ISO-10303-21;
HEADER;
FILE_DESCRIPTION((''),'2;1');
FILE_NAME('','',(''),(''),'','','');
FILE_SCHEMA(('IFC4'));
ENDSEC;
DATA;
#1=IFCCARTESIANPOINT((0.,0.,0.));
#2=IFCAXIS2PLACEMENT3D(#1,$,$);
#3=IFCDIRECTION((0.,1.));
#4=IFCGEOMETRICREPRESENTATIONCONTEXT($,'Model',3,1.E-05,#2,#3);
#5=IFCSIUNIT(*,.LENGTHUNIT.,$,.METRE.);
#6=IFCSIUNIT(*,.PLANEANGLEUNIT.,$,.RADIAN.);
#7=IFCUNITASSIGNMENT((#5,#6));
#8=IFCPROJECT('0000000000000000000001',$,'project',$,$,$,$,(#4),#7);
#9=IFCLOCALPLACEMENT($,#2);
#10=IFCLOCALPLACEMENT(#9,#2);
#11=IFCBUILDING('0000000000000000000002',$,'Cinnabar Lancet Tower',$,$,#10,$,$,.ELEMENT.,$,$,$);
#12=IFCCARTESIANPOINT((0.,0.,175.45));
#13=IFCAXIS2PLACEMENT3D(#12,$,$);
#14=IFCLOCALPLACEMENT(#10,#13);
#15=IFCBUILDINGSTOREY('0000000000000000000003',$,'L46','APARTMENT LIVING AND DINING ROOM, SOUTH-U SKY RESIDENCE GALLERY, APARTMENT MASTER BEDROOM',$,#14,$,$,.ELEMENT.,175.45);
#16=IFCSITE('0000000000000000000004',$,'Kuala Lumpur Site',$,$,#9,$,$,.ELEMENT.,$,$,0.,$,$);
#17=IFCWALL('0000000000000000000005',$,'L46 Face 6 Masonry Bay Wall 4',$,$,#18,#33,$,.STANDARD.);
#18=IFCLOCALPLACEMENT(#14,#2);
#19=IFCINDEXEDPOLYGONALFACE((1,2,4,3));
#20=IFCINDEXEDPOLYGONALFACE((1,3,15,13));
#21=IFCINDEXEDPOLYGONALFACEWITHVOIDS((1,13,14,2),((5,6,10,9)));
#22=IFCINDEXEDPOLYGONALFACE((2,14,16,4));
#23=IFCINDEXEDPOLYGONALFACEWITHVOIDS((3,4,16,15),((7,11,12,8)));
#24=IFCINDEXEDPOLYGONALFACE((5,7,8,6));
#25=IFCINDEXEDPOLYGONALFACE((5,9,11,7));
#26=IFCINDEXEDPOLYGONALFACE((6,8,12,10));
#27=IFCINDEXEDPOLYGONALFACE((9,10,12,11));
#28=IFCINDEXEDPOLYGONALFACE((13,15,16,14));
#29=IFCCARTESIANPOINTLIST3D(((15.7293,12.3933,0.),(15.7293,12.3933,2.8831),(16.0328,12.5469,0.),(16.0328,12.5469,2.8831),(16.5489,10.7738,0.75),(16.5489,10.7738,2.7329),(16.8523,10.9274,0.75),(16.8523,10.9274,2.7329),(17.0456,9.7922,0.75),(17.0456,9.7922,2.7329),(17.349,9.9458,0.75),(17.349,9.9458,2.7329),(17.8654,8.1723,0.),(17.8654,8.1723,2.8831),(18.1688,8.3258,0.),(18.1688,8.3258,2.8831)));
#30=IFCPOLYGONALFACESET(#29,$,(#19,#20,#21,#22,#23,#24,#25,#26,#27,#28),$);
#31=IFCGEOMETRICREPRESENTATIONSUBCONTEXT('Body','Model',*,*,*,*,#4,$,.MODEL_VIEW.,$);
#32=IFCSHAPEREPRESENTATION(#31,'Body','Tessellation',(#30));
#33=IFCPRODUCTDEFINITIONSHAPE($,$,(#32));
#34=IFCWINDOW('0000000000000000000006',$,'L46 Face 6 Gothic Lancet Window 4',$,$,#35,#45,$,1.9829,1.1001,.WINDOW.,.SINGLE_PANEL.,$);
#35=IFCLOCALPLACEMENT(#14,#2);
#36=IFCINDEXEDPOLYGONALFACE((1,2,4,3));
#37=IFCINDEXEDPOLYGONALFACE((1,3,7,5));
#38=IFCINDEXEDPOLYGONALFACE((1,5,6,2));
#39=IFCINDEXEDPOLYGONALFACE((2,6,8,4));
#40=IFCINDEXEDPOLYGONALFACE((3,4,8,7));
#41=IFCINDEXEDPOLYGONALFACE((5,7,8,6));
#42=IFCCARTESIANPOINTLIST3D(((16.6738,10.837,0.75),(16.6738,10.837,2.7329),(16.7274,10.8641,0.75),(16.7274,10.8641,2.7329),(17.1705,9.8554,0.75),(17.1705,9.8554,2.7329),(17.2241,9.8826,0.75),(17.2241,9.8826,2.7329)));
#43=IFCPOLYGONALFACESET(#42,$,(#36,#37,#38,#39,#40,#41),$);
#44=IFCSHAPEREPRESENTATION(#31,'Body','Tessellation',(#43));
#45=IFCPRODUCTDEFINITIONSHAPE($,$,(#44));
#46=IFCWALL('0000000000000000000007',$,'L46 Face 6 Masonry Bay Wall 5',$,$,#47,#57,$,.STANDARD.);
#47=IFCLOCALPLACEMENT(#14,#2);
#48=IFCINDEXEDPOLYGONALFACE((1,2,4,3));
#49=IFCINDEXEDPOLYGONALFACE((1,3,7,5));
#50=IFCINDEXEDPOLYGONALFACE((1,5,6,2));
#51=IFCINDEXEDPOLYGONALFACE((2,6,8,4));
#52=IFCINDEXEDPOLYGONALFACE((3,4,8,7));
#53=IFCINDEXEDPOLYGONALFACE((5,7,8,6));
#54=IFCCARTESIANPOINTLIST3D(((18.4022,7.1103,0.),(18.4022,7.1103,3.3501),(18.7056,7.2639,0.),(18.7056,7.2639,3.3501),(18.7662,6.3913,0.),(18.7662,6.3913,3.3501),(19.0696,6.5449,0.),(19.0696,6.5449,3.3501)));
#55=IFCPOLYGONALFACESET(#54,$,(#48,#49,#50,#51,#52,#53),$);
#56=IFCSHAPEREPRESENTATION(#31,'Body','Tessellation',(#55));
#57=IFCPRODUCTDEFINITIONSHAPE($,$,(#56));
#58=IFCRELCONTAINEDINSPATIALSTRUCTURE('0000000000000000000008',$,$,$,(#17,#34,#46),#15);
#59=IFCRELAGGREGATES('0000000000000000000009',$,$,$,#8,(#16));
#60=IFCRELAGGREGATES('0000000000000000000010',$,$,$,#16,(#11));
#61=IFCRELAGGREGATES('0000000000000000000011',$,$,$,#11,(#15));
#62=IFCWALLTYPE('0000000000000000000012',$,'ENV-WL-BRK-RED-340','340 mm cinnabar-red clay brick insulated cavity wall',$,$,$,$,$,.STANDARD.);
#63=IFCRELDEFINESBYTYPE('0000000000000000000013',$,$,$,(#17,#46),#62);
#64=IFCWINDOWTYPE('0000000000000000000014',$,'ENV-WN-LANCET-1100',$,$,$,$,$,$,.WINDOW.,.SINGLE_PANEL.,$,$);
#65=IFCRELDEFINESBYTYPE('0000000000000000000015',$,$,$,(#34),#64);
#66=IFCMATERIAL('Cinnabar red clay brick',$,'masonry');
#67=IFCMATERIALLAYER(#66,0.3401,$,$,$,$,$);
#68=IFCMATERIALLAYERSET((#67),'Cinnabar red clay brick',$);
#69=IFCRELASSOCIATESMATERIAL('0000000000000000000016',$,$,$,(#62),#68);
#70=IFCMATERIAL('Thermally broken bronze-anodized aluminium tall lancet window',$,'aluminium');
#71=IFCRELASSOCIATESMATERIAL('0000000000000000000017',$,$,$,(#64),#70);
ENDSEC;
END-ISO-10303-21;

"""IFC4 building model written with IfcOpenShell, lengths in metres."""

from ifc_helpers import new_model, si_unit, direction, frame, frame_2d, origin, place, context, subcontext, project, spatial, rectangle, extrude, material, layer, layer_set, type_object, element, fill, save


model = new_model("IFC4")

# Units and contexts
model_context = context("Model", 3, precision=1e-05, world=origin(), true_north=direction((0.0, 1.0)))
body_context = subcontext(model_context, "Body", "Model", "MODEL_VIEW")
ifc_project = project(units=[si_unit("LENGTHUNIT", "METRE"), si_unit("PLANEANGLEUNIT", "RADIAN")], contexts=[model_context])

# Site, building, storey
site_placement = place(None, origin())
site = spatial("IfcSite", under=ifc_project, at=site_placement, Name="Kuala Lumpur Site", CompositionType="ELEMENT", RefElevation=0.0)
building_placement = place(site_placement, origin())
building = spatial("IfcBuilding", under=site, at=building_placement, Name="Cinnabar Lancet Tower", CompositionType="ELEMENT")
storey_placement = place(building_placement, frame((0.0, 0.0, 175.45)))
storey = spatial("IfcBuildingStorey", under=building, at=storey_placement, Name="L46", Description="APARTMENT LIVING AND DINING ROOM, SOUTH-U SKY RESIDENCE GALLERY, APARTMENT MASTER BEDROOM", CompositionType="ELEMENT", Elevation=175.45)

# Shared definitions
ifc_material_1 = material(Name="Cinnabar red clay brick", Category="masonry")
ifc_layer_1 = layer(ifc_material_1, 0.3401)
ifc_layer_set_1 = layer_set([ifc_layer_1], Name="Cinnabar red clay brick")
wall_type = type_object("IfcWallType", Name="ENV-WL-BRK-RED-340", Description="340 mm cinnabar-red clay brick insulated cavity wall", PredefinedType="STANDARD", material=ifc_layer_set_1)

# Wall, opening, window
wall_1_placement = place(storey_placement, frame((15.8811, 12.47, 0.0), z_axis=(0.0, 0.0, 1.0), x_axis=(0.451523, -0.89226, 0.0)))
wall_1 = element("IfcWall", 1, at=wall_1_placement, inside=storey, type_object=wall_type, Name="L46 Face 6 Masonry Bay Wall 4", PredefinedType="STANDARD", context=body_context, shape_type="SweptSolid", body=[
    extrude(rectangle(XDim=4.7307, YDim=0.3401, at=frame_2d((2.3652, 0.0))), origin(), (0.0, 0.0, 1.0), 2.8831),
])
opening_placement = place(wall_1_placement, frame((1.8149, 0.0, 0.75)))
opening = element("IfcOpeningElement", 2, at=opening_placement, cuts=wall_1, PredefinedType="OPENING", context=body_context, shape_type="SweptSolid", body=[
    extrude(rectangle(XDim=1.1001, YDim=1.9829, at=frame_2d((0.55, 0.9915))), frame((0.0, 0.1799, 0.0), z_axis=(0.0, -1.0, 0.0), x_axis=(1.0, 0.0, 0.0)), (0.0, 0.0, 1.0), 0.3601),
])
ifc_material_2 = material(Name="Thermally broken bronze-anodized aluminium tall lancet window", Category="aluminium")
window_type = type_object("IfcWindowType", Name="ENV-WN-LANCET-1100", PartitioningType="SINGLE_PANEL", PredefinedType="WINDOW", material=ifc_material_2)
window_placement = place(opening_placement, origin())
window = element("IfcWindow", 3, at=window_placement, inside=storey, type_object=window_type, Name="L46 Face 6 Gothic Lancet Window 4", OverallHeight=1.9829, OverallWidth=1.1001, PartitioningType="SINGLE_PANEL", PredefinedType="WINDOW", context=body_context, shape_type="SweptSolid", body=[
    extrude(rectangle(XDim=1.1001, YDim=1.9829, at=frame_2d((0.55, 0.9915))), frame((0.0, 0.03, 0.0), z_axis=(0.0, -1.0, 0.0), x_axis=(1.0, 0.0, 0.0)), (0.0, 0.0, 1.0), 0.0601),
])
fill(opening, window)

# Wall
wall_2_placement = place(storey_placement, frame((18.554, 7.187, 0.0), z_axis=(0.0, 0.0, 1.0), x_axis=(0.451692, -0.892174, 0.0)))
element("IfcWall", 4, at=wall_2_placement, inside=storey, type_object=wall_type, Name="L46 Face 6 Masonry Bay Wall 5", PredefinedType="STANDARD", context=body_context, shape_type="SweptSolid", body=[
    extrude(rectangle(XDim=0.8059, YDim=0.3401, at=frame_2d((0.4028, 0.0))), origin(), (0.0, 0.0, 1.0), 3.3501),
])

save(model, "model.ifc")
